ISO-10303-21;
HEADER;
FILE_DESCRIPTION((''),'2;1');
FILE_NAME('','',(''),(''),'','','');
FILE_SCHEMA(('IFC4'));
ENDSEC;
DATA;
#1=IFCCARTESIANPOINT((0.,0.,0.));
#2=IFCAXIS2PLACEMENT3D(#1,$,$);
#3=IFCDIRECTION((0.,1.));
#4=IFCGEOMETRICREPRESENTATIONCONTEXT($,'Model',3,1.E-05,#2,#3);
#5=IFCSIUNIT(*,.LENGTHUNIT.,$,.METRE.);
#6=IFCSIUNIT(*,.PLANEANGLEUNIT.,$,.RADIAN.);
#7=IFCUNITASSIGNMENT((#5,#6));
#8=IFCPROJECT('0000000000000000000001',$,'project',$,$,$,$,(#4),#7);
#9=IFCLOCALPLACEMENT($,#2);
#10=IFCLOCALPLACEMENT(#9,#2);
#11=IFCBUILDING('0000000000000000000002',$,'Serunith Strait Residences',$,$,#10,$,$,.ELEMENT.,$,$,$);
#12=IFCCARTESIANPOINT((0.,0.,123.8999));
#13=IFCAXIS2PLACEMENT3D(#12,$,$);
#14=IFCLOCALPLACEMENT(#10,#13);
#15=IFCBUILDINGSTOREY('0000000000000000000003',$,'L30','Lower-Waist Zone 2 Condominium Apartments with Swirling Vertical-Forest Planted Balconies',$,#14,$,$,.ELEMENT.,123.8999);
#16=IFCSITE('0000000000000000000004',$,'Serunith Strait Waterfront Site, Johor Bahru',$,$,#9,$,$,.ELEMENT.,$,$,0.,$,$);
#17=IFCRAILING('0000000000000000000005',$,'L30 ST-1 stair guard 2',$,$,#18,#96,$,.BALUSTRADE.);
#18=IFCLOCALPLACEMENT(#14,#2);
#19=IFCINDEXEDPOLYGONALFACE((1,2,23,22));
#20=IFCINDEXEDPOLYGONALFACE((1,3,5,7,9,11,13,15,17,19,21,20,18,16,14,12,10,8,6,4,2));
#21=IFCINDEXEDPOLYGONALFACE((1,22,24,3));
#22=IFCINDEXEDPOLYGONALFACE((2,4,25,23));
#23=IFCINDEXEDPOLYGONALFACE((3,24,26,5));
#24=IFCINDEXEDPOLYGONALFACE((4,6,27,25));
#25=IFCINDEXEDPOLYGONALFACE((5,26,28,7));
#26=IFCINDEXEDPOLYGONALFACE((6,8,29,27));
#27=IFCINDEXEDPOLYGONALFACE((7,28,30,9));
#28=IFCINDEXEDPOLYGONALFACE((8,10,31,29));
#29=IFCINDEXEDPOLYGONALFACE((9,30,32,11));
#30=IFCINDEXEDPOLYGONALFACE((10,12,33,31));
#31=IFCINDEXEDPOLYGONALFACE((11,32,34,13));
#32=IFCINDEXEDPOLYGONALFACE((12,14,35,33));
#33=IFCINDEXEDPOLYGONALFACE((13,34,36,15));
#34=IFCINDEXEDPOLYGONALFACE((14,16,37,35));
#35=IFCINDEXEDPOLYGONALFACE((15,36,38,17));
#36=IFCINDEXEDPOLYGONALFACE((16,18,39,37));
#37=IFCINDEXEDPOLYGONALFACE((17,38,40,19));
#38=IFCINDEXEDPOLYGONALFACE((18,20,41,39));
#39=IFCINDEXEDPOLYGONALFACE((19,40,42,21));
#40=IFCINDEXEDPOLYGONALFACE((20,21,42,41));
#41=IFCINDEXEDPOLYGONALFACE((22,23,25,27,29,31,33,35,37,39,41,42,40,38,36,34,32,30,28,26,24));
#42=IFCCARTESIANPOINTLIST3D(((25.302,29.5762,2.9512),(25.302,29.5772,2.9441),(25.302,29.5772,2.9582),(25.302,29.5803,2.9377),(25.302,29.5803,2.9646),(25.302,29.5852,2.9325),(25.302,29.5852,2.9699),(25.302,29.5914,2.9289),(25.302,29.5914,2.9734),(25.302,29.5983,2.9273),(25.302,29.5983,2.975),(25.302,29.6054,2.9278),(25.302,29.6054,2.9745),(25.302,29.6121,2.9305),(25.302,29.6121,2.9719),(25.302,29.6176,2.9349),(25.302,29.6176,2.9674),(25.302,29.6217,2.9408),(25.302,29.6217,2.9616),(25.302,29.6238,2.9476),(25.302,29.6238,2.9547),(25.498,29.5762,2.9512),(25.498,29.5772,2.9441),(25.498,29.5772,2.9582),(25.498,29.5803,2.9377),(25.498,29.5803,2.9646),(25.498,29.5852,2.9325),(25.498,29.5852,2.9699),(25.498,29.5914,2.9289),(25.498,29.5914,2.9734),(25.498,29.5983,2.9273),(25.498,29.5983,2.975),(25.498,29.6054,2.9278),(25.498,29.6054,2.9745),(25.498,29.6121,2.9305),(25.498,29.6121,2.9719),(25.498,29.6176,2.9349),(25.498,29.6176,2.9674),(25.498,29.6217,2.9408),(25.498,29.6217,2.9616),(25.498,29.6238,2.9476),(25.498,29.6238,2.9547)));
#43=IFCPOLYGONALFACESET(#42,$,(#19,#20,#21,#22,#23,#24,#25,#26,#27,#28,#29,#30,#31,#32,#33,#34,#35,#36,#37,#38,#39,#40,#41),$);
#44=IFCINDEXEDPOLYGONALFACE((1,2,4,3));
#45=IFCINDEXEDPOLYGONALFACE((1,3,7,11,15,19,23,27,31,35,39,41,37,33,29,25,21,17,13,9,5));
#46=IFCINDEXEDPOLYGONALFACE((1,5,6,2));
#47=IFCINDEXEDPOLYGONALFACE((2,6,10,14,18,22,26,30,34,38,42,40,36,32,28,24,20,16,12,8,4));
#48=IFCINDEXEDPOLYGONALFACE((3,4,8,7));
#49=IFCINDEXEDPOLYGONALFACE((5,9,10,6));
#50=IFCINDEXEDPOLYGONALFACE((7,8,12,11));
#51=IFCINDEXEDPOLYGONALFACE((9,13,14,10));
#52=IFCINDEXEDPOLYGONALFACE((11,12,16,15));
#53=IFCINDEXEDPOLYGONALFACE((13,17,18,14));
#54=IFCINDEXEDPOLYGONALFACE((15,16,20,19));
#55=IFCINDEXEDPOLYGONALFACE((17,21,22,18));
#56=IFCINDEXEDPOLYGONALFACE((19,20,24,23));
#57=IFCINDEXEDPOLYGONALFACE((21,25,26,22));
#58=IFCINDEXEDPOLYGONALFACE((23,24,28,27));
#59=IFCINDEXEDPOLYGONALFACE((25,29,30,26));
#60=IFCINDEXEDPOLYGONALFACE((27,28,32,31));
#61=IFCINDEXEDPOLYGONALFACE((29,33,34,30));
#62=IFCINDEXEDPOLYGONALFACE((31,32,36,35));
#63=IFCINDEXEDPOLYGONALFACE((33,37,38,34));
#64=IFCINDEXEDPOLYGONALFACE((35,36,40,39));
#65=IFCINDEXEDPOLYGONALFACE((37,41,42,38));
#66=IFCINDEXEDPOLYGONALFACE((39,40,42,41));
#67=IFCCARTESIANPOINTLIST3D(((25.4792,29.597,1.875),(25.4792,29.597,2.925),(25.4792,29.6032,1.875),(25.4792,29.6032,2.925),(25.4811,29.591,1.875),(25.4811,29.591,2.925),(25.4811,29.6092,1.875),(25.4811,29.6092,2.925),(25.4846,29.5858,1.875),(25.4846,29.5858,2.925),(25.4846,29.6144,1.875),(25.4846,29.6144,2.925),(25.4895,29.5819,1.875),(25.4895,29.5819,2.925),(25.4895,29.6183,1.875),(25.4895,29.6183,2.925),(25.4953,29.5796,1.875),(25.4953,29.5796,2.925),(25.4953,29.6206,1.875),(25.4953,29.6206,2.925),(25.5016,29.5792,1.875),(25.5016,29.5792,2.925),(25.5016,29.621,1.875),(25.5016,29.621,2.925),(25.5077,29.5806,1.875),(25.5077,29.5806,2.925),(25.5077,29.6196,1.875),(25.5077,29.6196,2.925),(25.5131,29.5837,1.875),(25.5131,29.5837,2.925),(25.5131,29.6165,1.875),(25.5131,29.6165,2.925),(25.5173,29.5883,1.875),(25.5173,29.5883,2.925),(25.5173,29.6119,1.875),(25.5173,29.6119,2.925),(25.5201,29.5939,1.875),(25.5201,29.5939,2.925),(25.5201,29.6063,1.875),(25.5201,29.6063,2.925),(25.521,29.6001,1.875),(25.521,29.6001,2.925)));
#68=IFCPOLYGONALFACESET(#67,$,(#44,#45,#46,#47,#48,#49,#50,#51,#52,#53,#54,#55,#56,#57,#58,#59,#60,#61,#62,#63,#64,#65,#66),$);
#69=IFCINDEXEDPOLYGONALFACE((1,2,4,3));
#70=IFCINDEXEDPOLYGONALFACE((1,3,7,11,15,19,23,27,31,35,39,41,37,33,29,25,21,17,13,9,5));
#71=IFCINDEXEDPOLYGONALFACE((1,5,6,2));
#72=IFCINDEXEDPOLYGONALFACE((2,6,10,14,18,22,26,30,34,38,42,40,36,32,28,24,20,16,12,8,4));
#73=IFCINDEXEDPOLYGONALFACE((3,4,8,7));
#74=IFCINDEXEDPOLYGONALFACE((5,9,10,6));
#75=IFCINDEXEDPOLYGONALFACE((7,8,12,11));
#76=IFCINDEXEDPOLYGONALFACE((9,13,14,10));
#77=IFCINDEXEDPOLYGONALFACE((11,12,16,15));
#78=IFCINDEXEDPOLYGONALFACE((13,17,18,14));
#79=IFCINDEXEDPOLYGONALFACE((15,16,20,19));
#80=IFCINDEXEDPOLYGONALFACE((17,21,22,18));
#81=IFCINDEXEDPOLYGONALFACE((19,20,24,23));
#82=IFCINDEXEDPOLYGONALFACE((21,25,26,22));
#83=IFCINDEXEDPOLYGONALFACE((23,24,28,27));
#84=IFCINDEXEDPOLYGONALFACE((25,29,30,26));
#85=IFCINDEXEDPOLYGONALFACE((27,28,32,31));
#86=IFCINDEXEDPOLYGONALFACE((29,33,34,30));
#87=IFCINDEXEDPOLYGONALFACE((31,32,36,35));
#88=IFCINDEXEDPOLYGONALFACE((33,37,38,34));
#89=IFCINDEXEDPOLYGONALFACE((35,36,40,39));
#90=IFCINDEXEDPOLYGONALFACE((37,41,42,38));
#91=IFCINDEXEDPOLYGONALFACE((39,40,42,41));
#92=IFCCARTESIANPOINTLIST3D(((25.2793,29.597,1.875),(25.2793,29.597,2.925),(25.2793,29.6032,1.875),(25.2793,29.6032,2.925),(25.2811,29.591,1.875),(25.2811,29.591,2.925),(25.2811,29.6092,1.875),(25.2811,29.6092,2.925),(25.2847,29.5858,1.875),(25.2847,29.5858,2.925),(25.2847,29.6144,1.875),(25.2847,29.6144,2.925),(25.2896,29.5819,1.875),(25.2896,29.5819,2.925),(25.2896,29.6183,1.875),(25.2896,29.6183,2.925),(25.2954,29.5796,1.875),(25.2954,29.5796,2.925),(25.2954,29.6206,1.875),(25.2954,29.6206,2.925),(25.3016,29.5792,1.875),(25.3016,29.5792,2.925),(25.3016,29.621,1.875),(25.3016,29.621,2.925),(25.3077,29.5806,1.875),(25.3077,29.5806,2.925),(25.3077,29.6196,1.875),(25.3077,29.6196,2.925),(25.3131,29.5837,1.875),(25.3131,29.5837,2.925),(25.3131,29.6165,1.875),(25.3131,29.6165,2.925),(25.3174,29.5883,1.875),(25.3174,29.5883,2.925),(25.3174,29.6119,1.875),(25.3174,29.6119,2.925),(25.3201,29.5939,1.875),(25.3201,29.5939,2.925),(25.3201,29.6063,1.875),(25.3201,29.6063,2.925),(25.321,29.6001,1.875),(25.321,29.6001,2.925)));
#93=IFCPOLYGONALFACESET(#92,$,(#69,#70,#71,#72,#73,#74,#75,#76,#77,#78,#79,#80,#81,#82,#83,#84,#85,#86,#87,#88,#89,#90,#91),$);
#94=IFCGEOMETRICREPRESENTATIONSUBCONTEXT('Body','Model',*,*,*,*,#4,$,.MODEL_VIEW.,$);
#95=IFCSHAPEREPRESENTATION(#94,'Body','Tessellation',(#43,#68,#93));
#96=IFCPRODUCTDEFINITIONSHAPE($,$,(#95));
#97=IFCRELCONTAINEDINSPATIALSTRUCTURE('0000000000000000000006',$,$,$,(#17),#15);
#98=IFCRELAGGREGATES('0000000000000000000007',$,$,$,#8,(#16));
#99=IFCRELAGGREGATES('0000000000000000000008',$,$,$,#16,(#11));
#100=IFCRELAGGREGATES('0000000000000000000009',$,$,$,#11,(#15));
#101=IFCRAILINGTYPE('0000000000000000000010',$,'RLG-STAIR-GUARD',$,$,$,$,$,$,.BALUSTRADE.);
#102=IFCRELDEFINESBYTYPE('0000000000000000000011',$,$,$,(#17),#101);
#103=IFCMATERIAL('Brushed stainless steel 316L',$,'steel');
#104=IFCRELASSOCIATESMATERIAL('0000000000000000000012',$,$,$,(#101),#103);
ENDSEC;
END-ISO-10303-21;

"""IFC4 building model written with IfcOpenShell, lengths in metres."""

from ifc_helpers import new_model, si_unit, direction, frame, origin, origin_2d, place, context, subcontext, project, spatial, circle, extrude, material, type_object, element, save


model = new_model("IFC4")

# Units and contexts
model_context = context("Model", 3, precision=1e-05, world=origin(), true_north=direction((0.0, 1.0)))
body_context = subcontext(model_context, "Body", "Model", "MODEL_VIEW")
ifc_project = project(units=[si_unit("LENGTHUNIT", "METRE"), si_unit("PLANEANGLEUNIT", "RADIAN")], contexts=[model_context])

# Site, building, storey
site_placement = place(None, origin())
site = spatial("IfcSite", under=ifc_project, at=site_placement, Name="Serunith Strait Waterfront Site, Johor Bahru", CompositionType="ELEMENT", RefElevation=0.0)
building_placement = place(site_placement, origin())
building = spatial("IfcBuilding", under=site, at=building_placement, Name="Serunith Strait Residences", CompositionType="ELEMENT")
storey_placement = place(building_placement, frame((0.0, 0.0, 123.8999)))
storey = spatial("IfcBuildingStorey", under=building, at=storey_placement, Name="L30", Description="Lower-Waist Zone 2 Condominium Apartments with Swirling Vertical-Forest Planted Balconies", CompositionType="ELEMENT", Elevation=123.8999)

# Railing
ifc_material_1 = material(Name="Brushed stainless steel 316L", Category="steel")
railing_type_1 = type_object("IfcRailingType", Name="RLG-STAIR-GUARD", PredefinedType="BALUSTRADE", material=ifc_material_1)
railing_1_placement = place(storey_placement, frame((25.5, 29.6001, 1.875)))
element("IfcRailing", 1, at=railing_1_placement, inside=storey, type_object=railing_type_1, Name="L30 ST-1 stair guard 2", PredefinedType="BALUSTRADE", context=body_context, shape_type="SweptSolid", body=[
    extrude(circle(Radius=0.0239, at=origin_2d()), frame((-0.002, 0.0, 1.0762), z_axis=(-1.0, 0.0, 0.0), x_axis=(0.0, -1.0, 0.0)), (0.0, 0.0, 1.0), 0.196),
    extrude(circle(Radius=0.021, at=origin_2d()), origin(), (0.0, 0.0, 1.0), 1.05),
    extrude(circle(Radius=0.021, at=origin_2d()), frame((-0.2, 0.0, 0.0)), (0.0, 0.0, 1.0), 1.05),
])

save(model, "model.ifc")
